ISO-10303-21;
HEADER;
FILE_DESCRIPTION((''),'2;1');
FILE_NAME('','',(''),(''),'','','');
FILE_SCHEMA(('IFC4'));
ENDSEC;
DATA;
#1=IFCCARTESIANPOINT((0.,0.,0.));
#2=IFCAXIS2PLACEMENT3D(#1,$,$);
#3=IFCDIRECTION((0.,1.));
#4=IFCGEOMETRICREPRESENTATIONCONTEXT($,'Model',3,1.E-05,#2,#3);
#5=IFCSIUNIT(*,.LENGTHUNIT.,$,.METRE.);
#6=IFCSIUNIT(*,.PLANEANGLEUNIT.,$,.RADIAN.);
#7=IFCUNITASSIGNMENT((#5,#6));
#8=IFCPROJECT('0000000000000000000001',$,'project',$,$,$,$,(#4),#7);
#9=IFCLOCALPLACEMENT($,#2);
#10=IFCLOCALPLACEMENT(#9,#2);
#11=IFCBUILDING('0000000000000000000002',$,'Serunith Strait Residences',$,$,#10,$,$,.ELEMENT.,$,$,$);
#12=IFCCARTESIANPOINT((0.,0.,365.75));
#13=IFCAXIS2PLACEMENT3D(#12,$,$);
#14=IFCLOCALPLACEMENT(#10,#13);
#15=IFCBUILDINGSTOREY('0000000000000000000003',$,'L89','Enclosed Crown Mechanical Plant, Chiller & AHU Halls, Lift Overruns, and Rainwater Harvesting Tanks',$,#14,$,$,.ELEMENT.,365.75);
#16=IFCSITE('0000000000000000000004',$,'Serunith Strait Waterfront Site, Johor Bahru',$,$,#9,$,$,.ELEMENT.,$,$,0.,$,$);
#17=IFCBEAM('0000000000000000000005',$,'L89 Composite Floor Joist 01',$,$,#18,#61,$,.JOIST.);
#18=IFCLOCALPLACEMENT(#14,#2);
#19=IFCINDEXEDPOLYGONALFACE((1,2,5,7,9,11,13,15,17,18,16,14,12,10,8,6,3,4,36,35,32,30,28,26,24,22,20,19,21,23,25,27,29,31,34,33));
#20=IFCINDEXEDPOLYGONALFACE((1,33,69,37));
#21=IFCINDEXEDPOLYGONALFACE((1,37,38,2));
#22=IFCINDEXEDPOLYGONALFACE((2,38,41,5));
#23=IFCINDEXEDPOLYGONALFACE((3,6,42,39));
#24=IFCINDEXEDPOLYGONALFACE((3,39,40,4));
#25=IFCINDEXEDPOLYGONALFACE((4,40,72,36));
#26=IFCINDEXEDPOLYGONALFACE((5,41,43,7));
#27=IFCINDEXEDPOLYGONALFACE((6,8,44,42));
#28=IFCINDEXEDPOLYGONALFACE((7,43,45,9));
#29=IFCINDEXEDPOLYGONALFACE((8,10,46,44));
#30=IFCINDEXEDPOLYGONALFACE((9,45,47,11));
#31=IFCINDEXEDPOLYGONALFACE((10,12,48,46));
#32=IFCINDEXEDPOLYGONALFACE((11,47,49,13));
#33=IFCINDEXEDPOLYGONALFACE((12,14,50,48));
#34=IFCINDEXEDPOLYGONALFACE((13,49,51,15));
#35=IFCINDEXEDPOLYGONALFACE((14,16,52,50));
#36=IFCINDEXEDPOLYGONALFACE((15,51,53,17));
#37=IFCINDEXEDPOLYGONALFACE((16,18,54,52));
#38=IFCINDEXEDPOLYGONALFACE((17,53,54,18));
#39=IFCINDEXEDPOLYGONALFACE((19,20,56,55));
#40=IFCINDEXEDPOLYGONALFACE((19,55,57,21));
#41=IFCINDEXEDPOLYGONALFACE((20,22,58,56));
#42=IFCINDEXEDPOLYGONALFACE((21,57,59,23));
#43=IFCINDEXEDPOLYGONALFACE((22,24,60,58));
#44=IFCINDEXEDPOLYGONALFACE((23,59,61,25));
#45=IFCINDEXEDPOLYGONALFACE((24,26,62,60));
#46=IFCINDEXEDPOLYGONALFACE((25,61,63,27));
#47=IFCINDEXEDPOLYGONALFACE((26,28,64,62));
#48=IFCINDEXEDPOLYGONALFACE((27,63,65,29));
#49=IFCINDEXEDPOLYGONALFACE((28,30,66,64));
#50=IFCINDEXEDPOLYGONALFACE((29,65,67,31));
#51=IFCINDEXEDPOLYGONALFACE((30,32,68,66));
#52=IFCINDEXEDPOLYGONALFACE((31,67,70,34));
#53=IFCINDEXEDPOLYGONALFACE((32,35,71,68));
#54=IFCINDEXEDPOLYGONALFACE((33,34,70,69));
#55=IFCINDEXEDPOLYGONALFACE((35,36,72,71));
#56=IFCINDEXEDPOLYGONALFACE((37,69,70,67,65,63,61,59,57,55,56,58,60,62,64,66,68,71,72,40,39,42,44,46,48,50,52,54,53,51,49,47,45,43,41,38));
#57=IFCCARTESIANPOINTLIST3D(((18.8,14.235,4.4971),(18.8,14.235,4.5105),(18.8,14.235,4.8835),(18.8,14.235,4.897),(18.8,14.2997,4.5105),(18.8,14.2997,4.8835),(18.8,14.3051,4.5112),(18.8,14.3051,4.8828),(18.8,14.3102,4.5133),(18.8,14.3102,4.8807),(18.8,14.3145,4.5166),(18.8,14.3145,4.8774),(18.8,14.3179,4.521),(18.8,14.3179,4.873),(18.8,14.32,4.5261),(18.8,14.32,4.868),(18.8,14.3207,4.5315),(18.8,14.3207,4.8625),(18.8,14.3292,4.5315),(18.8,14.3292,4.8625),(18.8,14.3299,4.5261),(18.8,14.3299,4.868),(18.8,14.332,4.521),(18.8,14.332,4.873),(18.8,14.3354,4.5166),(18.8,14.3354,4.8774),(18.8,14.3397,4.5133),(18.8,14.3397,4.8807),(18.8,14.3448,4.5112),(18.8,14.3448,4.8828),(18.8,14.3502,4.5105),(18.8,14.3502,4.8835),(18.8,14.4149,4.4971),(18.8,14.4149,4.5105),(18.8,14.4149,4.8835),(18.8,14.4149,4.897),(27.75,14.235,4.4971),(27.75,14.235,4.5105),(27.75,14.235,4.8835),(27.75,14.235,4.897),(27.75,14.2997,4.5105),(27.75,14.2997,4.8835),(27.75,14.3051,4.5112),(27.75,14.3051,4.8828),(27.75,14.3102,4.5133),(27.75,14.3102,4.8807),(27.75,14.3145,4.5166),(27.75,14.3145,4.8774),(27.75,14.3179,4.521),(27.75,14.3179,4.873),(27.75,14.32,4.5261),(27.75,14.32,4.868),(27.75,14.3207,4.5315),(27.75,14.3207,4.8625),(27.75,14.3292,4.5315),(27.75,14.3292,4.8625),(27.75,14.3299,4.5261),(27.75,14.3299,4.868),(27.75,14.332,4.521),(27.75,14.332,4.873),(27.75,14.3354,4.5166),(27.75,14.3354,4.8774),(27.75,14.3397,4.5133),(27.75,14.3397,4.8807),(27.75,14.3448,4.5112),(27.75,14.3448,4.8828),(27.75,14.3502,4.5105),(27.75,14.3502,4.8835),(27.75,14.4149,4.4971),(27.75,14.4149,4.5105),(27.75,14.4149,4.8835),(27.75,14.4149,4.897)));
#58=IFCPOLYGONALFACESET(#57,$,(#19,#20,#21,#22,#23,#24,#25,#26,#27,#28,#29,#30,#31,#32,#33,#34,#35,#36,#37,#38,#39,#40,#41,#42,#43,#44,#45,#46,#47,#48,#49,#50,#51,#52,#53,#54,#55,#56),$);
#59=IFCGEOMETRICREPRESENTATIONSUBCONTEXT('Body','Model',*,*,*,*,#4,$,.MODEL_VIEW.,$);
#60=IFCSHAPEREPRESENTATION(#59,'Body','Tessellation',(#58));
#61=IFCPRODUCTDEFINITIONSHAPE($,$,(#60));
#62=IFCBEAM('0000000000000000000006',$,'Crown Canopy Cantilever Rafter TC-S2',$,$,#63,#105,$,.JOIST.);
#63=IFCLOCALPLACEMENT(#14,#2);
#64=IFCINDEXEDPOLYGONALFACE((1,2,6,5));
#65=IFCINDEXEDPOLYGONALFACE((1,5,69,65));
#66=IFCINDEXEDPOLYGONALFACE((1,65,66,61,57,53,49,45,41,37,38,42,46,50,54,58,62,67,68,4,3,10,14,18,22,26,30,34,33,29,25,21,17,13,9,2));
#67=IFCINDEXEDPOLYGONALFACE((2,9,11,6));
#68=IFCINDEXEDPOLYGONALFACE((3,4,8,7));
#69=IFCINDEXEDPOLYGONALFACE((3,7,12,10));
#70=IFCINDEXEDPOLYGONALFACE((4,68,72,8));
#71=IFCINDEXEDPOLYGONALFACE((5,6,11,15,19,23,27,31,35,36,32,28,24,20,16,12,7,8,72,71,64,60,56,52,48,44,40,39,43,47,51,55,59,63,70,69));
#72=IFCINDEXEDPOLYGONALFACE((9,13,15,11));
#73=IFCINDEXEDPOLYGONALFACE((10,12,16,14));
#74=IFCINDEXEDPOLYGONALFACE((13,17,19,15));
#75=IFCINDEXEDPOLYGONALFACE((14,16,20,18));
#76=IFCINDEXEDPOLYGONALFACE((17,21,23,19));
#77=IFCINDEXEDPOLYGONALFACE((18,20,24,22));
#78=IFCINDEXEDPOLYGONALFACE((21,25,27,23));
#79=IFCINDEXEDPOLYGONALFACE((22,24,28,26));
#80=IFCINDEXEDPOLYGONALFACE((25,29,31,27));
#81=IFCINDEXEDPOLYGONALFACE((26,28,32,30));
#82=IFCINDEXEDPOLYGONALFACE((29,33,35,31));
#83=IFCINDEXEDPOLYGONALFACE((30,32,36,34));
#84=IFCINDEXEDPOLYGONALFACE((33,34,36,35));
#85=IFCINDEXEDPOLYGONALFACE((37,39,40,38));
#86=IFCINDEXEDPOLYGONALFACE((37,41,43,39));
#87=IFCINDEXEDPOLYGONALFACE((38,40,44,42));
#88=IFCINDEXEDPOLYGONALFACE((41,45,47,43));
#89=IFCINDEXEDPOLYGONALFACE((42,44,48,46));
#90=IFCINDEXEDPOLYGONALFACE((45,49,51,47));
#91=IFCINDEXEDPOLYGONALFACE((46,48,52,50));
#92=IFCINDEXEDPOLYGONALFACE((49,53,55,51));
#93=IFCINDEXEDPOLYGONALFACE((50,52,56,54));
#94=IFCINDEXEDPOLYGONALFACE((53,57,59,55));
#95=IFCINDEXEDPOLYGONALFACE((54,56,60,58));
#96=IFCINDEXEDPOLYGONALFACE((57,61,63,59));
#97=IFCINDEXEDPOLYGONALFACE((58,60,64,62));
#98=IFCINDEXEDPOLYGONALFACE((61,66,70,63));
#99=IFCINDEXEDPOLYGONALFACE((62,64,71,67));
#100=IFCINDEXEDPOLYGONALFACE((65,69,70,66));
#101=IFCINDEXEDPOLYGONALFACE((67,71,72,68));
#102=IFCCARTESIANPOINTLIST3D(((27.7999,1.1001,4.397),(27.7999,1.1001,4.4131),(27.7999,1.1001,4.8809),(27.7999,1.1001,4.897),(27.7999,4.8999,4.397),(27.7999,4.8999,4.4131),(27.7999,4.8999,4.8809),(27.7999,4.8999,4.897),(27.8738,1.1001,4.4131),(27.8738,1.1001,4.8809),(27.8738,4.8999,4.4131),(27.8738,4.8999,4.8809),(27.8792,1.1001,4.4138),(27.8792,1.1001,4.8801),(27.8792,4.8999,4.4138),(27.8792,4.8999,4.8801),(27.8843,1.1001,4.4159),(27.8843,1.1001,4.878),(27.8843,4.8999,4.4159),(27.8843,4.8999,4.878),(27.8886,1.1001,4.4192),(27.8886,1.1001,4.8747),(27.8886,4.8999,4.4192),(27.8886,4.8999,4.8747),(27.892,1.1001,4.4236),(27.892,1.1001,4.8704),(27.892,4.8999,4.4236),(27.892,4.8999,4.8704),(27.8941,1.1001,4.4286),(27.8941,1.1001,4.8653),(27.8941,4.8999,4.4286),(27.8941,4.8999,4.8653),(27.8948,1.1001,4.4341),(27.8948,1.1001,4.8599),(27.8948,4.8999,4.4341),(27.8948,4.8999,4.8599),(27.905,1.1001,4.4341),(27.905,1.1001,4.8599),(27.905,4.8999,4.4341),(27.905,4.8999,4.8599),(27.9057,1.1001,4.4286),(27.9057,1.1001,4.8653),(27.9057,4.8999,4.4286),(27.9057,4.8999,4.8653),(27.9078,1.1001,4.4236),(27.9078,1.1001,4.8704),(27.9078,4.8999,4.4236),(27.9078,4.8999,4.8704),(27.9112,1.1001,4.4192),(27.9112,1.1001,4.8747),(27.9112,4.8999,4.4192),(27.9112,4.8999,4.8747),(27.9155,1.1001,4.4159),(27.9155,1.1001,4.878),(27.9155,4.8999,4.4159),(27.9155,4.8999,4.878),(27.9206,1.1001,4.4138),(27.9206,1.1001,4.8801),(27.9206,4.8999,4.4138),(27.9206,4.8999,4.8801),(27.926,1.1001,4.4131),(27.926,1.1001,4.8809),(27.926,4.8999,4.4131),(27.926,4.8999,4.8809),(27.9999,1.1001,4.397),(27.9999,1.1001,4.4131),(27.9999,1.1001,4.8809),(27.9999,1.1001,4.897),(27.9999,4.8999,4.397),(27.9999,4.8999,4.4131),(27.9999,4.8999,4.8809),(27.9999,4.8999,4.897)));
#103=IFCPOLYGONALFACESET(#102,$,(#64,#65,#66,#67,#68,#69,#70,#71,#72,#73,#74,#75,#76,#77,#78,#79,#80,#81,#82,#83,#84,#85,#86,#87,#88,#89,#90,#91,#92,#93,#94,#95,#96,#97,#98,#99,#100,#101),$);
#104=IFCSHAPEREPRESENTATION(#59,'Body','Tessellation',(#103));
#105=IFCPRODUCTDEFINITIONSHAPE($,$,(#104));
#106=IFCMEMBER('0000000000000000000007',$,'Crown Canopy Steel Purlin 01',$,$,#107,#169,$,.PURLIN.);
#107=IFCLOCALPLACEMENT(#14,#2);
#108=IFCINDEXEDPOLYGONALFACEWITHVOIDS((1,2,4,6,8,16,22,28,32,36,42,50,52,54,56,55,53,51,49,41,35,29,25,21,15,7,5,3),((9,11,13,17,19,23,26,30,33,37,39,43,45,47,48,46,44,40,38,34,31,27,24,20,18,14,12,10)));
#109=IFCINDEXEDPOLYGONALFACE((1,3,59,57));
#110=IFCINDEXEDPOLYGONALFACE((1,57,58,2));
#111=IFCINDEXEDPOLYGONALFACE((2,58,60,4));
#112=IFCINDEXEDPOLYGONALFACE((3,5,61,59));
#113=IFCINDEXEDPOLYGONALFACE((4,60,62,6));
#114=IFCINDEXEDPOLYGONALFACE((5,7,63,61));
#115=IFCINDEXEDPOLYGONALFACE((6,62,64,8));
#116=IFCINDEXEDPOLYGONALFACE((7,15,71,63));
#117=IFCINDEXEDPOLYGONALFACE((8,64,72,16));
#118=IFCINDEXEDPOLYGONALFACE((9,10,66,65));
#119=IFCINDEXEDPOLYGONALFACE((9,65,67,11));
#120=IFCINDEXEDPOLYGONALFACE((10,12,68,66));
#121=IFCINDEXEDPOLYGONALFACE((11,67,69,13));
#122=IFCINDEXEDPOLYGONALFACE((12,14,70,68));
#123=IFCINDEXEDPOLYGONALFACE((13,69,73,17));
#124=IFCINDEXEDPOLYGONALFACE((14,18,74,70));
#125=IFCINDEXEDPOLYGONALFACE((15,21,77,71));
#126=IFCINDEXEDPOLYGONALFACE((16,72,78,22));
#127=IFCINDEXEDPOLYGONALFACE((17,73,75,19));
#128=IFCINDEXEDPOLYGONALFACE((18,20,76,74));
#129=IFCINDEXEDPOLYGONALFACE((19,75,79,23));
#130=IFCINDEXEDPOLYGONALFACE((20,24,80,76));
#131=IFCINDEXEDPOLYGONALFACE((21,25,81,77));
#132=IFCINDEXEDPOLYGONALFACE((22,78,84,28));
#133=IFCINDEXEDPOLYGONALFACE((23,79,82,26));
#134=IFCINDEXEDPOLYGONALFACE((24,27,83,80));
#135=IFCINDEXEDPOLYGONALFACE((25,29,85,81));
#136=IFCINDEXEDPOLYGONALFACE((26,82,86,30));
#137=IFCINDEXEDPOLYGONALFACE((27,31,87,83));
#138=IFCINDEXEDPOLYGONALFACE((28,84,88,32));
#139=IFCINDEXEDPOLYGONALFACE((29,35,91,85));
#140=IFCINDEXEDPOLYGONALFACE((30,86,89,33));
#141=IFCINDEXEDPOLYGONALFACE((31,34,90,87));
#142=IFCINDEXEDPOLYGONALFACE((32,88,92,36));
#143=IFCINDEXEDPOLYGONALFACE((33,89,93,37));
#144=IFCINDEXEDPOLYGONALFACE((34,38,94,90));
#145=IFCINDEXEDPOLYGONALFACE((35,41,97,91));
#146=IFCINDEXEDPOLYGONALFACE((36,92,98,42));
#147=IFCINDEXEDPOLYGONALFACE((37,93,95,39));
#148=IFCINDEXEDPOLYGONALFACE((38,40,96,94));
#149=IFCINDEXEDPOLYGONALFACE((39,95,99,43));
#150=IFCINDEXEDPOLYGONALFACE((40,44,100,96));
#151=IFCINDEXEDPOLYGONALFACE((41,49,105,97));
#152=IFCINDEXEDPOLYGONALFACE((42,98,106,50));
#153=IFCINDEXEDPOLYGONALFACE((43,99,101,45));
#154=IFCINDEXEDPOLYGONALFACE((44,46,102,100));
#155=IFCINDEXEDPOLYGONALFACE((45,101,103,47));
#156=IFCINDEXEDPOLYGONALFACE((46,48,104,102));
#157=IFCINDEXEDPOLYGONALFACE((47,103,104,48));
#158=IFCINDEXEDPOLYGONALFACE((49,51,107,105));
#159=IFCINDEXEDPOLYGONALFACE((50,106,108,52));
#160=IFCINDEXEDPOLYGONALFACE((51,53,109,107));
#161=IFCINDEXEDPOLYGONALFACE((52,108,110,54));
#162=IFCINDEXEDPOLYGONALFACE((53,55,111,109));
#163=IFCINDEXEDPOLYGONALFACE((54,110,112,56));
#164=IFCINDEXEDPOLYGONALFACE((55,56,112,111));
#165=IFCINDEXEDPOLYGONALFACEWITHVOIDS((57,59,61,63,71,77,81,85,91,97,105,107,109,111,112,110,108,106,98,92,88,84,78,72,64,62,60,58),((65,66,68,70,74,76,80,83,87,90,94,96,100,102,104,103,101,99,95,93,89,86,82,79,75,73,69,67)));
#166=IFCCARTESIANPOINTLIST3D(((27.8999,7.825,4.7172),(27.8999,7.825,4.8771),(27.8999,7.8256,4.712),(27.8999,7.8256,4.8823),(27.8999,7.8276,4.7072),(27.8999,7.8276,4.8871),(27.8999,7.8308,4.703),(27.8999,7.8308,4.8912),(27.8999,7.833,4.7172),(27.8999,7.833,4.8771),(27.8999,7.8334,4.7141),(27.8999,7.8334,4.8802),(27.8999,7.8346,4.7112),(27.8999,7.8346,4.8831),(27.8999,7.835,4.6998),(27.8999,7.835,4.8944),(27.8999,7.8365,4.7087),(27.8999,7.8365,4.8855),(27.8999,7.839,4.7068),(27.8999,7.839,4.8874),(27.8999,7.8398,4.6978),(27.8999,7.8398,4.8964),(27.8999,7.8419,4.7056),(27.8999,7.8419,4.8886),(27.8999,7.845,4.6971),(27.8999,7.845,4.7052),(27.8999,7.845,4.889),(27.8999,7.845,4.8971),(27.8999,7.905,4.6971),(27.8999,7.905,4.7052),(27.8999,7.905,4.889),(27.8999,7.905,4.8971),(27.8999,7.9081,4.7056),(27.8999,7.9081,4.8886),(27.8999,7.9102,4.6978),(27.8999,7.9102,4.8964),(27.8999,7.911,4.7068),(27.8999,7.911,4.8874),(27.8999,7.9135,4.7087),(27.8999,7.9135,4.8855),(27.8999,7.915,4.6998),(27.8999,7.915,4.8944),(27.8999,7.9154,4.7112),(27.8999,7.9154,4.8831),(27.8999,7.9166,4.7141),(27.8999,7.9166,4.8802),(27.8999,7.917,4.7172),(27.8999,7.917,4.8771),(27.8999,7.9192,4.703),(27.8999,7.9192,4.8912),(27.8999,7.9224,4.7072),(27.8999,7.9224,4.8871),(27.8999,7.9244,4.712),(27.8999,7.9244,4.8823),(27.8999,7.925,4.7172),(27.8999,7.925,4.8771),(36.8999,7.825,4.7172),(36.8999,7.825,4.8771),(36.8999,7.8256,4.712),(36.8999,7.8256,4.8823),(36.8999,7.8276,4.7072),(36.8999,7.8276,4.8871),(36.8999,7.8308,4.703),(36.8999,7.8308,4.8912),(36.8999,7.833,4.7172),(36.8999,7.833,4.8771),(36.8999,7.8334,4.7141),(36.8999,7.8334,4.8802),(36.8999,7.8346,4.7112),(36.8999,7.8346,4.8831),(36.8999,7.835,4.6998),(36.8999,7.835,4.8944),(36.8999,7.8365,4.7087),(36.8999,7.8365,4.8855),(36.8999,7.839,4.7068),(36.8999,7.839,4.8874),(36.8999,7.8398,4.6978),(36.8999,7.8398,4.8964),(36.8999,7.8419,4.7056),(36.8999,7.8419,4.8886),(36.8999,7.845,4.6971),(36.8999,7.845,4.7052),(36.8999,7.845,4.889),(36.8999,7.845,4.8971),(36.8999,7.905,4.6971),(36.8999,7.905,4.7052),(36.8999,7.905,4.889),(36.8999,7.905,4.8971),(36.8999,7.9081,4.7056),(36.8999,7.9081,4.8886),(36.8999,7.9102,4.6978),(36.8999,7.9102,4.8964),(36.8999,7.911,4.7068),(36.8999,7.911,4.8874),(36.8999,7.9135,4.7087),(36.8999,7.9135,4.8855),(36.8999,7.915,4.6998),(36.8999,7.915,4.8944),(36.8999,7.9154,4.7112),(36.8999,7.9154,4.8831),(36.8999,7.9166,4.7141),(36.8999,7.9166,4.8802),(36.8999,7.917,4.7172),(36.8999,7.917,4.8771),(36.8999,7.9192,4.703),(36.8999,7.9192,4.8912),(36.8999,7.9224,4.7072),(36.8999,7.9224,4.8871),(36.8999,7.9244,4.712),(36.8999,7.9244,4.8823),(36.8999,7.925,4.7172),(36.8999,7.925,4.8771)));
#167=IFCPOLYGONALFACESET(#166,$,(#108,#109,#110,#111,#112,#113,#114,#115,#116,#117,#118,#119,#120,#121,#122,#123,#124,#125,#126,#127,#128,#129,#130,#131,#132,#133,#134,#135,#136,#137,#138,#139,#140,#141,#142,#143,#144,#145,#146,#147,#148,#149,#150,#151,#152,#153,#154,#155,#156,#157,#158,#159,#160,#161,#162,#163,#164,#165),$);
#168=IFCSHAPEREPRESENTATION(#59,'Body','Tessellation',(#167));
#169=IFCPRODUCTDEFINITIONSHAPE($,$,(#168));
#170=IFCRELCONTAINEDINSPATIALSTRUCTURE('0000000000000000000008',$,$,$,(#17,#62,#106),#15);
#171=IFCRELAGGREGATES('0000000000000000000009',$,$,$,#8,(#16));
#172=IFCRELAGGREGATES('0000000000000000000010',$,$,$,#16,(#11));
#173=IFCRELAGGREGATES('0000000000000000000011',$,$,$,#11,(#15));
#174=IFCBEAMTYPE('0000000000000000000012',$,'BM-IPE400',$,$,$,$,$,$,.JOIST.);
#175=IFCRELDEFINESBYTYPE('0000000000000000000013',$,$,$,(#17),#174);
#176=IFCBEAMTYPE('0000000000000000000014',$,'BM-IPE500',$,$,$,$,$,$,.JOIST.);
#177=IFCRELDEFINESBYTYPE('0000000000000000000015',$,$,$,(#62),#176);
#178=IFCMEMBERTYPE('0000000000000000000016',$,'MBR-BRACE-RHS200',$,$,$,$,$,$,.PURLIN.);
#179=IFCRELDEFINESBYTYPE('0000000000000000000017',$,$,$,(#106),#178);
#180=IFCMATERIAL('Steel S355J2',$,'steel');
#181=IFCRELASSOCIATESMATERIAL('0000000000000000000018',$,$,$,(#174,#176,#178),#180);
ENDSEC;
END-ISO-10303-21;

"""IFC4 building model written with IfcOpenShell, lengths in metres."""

from ifc_helpers import new_model, si_unit, direction, frame, origin, origin_2d, place, context, subcontext, project, spatial, hollow_rectangle, i_section, extrude, source, transform, mapped, material, material_profile, profile_set, type_object, element, save


model = new_model("IFC4")

# Units and contexts
model_context = context("Model", 3, precision=1e-05, world=origin(), true_north=direction((0.0, 1.0)))
body_context = subcontext(model_context, "Body", "Model", "MODEL_VIEW")
ifc_project = project(units=[si_unit("LENGTHUNIT", "METRE"), si_unit("PLANEANGLEUNIT", "RADIAN")], contexts=[model_context])

# Site, building, storey
site_placement = place(None, origin())
site = spatial("IfcSite", under=ifc_project, at=site_placement, Name="Serunith Strait Waterfront Site, Johor Bahru", CompositionType="ELEMENT", RefElevation=0.0)
building_placement = place(site_placement, origin())
building = spatial("IfcBuilding", under=site, at=building_placement, Name="Serunith Strait Residences", CompositionType="ELEMENT")
storey_placement = place(building_placement, frame((0.0, 0.0, 365.75)))
storey = spatial("IfcBuildingStorey", under=building, at=storey_placement, Name="L89", Description="Enclosed Crown Mechanical Plant, Chiller & AHU Halls, Lift Overruns, and Rainwater Harvesting Tanks", CompositionType="ELEMENT", Elevation=365.75)

# Beams
ifc_material_1 = material(Name="Steel S355J2", Category="steel")
ifc_material_profile_1 = material_profile(ifc_material_1, i_section(OverallWidth=0.1799, OverallDepth=0.3999, WebThickness=0.0085, FlangeThickness=0.0134, FilletRadius=0.021, at=origin_2d()), Name="IPE 400")
ifc_profile_set_1 = profile_set([ifc_material_profile_1], Name="Steel S355J2")
beam_type_1 = type_object("IfcBeamType", Name="BM-IPE400", PredefinedType="JOIST", material=ifc_profile_set_1)
shared_shape_1 = source(origin(), body_context, "Body", "SweptSolid", [
    extrude(i_section(OverallWidth=0.1799, OverallDepth=0.3999, WebThickness=0.0085, FlangeThickness=0.0134, FilletRadius=0.021, at=origin_2d()), origin(), (0.0, 0.0, 1.0), 8.95),
])
beam_1_placement = place(storey_placement, frame((18.8, 14.325, 4.697), z_axis=(1.0, 0.0, 0.0), x_axis=(0.0, 1.0, 0.0)))
element("IfcBeam", 1, at=beam_1_placement, inside=storey, type_object=beam_type_1, Name="L89 Composite Floor Joist 01", PredefinedType="JOIST", context=body_context, shape_type="MappedRepresentation", body=[
    mapped(shared_shape_1, transform((0.0, 0.0, 0.0), scale=1.0)),
])
ifc_material_profile_2 = material_profile(ifc_material_1, i_section(OverallWidth=0.2, OverallDepth=0.5, WebThickness=0.0103, FlangeThickness=0.0161, FilletRadius=0.021, at=origin_2d()), Name="IPE 500")
ifc_profile_set_2 = profile_set([ifc_material_profile_2], Name="Steel S355J2")
beam_type_2 = type_object("IfcBeamType", Name="BM-IPE500", PredefinedType="JOIST", material=ifc_profile_set_2)
shared_shape_2 = source(origin(), body_context, "Body", "SweptSolid", [
    extrude(i_section(OverallWidth=0.2, OverallDepth=0.5, WebThickness=0.0103, FlangeThickness=0.0161, FilletRadius=0.021, at=origin_2d()), origin(), (0.0, 0.0, 1.0), 3.7998),
])
beam_2_placement = place(storey_placement, frame((27.8999, 4.8999, 4.647), z_axis=(0.0, -1.0, 0.0), x_axis=(1.0, 0.0, 0.0)))
element("IfcBeam", 2, at=beam_2_placement, inside=storey, type_object=beam_type_2, Name="Crown Canopy Cantilever Rafter TC-S2", PredefinedType="JOIST", context=body_context, shape_type="MappedRepresentation", body=[
    mapped(shared_shape_2, transform((0.0, 0.0, 0.0), scale=1.0)),
])

# Member
ifc_material_profile_3 = material_profile(ifc_material_1, hollow_rectangle(XDim=0.1001, YDim=0.2, WallThickness=0.0081, InnerFilletRadius=0.012, OuterFilletRadius=0.02, at=origin_2d()), Name="RHS 200x100x8")
ifc_profile_set_3 = profile_set([ifc_material_profile_3], Name="Steel S355J2")
member_type_1 = type_object("IfcMemberType", Name="MBR-BRACE-RHS200", PredefinedType="PURLIN", material=ifc_profile_set_3)
shared_shape_3 = source(origin(), body_context, "Body", "SweptSolid", [
    extrude(hollow_rectangle(XDim=0.1001, YDim=0.2, WallThickness=0.0081, InnerFilletRadius=0.012, OuterFilletRadius=0.02, at=origin_2d()), origin(), (0.0, 0.0, 1.0), 9.0),
])
for number, where, z_axis, x_axis, name in (
    (3, (27.8999, 7.875, 4.7971), (1.0, 0.0, 0.0), (0.0, 1.0, 0.0), "Crown Canopy Steel Purlin 01"),
):
    element("IfcMember", number, at=place(storey_placement, frame(where, z_axis=z_axis, x_axis=x_axis)), inside=storey, type_object=member_type_1, Name=name, PredefinedType="PURLIN", context=body_context, shape_type="MappedRepresentation", body=[
        mapped(shared_shape_3, transform((0.0, 0.0, 0.0), scale=1.0)),
    ])

save(model, "model.ifc")
